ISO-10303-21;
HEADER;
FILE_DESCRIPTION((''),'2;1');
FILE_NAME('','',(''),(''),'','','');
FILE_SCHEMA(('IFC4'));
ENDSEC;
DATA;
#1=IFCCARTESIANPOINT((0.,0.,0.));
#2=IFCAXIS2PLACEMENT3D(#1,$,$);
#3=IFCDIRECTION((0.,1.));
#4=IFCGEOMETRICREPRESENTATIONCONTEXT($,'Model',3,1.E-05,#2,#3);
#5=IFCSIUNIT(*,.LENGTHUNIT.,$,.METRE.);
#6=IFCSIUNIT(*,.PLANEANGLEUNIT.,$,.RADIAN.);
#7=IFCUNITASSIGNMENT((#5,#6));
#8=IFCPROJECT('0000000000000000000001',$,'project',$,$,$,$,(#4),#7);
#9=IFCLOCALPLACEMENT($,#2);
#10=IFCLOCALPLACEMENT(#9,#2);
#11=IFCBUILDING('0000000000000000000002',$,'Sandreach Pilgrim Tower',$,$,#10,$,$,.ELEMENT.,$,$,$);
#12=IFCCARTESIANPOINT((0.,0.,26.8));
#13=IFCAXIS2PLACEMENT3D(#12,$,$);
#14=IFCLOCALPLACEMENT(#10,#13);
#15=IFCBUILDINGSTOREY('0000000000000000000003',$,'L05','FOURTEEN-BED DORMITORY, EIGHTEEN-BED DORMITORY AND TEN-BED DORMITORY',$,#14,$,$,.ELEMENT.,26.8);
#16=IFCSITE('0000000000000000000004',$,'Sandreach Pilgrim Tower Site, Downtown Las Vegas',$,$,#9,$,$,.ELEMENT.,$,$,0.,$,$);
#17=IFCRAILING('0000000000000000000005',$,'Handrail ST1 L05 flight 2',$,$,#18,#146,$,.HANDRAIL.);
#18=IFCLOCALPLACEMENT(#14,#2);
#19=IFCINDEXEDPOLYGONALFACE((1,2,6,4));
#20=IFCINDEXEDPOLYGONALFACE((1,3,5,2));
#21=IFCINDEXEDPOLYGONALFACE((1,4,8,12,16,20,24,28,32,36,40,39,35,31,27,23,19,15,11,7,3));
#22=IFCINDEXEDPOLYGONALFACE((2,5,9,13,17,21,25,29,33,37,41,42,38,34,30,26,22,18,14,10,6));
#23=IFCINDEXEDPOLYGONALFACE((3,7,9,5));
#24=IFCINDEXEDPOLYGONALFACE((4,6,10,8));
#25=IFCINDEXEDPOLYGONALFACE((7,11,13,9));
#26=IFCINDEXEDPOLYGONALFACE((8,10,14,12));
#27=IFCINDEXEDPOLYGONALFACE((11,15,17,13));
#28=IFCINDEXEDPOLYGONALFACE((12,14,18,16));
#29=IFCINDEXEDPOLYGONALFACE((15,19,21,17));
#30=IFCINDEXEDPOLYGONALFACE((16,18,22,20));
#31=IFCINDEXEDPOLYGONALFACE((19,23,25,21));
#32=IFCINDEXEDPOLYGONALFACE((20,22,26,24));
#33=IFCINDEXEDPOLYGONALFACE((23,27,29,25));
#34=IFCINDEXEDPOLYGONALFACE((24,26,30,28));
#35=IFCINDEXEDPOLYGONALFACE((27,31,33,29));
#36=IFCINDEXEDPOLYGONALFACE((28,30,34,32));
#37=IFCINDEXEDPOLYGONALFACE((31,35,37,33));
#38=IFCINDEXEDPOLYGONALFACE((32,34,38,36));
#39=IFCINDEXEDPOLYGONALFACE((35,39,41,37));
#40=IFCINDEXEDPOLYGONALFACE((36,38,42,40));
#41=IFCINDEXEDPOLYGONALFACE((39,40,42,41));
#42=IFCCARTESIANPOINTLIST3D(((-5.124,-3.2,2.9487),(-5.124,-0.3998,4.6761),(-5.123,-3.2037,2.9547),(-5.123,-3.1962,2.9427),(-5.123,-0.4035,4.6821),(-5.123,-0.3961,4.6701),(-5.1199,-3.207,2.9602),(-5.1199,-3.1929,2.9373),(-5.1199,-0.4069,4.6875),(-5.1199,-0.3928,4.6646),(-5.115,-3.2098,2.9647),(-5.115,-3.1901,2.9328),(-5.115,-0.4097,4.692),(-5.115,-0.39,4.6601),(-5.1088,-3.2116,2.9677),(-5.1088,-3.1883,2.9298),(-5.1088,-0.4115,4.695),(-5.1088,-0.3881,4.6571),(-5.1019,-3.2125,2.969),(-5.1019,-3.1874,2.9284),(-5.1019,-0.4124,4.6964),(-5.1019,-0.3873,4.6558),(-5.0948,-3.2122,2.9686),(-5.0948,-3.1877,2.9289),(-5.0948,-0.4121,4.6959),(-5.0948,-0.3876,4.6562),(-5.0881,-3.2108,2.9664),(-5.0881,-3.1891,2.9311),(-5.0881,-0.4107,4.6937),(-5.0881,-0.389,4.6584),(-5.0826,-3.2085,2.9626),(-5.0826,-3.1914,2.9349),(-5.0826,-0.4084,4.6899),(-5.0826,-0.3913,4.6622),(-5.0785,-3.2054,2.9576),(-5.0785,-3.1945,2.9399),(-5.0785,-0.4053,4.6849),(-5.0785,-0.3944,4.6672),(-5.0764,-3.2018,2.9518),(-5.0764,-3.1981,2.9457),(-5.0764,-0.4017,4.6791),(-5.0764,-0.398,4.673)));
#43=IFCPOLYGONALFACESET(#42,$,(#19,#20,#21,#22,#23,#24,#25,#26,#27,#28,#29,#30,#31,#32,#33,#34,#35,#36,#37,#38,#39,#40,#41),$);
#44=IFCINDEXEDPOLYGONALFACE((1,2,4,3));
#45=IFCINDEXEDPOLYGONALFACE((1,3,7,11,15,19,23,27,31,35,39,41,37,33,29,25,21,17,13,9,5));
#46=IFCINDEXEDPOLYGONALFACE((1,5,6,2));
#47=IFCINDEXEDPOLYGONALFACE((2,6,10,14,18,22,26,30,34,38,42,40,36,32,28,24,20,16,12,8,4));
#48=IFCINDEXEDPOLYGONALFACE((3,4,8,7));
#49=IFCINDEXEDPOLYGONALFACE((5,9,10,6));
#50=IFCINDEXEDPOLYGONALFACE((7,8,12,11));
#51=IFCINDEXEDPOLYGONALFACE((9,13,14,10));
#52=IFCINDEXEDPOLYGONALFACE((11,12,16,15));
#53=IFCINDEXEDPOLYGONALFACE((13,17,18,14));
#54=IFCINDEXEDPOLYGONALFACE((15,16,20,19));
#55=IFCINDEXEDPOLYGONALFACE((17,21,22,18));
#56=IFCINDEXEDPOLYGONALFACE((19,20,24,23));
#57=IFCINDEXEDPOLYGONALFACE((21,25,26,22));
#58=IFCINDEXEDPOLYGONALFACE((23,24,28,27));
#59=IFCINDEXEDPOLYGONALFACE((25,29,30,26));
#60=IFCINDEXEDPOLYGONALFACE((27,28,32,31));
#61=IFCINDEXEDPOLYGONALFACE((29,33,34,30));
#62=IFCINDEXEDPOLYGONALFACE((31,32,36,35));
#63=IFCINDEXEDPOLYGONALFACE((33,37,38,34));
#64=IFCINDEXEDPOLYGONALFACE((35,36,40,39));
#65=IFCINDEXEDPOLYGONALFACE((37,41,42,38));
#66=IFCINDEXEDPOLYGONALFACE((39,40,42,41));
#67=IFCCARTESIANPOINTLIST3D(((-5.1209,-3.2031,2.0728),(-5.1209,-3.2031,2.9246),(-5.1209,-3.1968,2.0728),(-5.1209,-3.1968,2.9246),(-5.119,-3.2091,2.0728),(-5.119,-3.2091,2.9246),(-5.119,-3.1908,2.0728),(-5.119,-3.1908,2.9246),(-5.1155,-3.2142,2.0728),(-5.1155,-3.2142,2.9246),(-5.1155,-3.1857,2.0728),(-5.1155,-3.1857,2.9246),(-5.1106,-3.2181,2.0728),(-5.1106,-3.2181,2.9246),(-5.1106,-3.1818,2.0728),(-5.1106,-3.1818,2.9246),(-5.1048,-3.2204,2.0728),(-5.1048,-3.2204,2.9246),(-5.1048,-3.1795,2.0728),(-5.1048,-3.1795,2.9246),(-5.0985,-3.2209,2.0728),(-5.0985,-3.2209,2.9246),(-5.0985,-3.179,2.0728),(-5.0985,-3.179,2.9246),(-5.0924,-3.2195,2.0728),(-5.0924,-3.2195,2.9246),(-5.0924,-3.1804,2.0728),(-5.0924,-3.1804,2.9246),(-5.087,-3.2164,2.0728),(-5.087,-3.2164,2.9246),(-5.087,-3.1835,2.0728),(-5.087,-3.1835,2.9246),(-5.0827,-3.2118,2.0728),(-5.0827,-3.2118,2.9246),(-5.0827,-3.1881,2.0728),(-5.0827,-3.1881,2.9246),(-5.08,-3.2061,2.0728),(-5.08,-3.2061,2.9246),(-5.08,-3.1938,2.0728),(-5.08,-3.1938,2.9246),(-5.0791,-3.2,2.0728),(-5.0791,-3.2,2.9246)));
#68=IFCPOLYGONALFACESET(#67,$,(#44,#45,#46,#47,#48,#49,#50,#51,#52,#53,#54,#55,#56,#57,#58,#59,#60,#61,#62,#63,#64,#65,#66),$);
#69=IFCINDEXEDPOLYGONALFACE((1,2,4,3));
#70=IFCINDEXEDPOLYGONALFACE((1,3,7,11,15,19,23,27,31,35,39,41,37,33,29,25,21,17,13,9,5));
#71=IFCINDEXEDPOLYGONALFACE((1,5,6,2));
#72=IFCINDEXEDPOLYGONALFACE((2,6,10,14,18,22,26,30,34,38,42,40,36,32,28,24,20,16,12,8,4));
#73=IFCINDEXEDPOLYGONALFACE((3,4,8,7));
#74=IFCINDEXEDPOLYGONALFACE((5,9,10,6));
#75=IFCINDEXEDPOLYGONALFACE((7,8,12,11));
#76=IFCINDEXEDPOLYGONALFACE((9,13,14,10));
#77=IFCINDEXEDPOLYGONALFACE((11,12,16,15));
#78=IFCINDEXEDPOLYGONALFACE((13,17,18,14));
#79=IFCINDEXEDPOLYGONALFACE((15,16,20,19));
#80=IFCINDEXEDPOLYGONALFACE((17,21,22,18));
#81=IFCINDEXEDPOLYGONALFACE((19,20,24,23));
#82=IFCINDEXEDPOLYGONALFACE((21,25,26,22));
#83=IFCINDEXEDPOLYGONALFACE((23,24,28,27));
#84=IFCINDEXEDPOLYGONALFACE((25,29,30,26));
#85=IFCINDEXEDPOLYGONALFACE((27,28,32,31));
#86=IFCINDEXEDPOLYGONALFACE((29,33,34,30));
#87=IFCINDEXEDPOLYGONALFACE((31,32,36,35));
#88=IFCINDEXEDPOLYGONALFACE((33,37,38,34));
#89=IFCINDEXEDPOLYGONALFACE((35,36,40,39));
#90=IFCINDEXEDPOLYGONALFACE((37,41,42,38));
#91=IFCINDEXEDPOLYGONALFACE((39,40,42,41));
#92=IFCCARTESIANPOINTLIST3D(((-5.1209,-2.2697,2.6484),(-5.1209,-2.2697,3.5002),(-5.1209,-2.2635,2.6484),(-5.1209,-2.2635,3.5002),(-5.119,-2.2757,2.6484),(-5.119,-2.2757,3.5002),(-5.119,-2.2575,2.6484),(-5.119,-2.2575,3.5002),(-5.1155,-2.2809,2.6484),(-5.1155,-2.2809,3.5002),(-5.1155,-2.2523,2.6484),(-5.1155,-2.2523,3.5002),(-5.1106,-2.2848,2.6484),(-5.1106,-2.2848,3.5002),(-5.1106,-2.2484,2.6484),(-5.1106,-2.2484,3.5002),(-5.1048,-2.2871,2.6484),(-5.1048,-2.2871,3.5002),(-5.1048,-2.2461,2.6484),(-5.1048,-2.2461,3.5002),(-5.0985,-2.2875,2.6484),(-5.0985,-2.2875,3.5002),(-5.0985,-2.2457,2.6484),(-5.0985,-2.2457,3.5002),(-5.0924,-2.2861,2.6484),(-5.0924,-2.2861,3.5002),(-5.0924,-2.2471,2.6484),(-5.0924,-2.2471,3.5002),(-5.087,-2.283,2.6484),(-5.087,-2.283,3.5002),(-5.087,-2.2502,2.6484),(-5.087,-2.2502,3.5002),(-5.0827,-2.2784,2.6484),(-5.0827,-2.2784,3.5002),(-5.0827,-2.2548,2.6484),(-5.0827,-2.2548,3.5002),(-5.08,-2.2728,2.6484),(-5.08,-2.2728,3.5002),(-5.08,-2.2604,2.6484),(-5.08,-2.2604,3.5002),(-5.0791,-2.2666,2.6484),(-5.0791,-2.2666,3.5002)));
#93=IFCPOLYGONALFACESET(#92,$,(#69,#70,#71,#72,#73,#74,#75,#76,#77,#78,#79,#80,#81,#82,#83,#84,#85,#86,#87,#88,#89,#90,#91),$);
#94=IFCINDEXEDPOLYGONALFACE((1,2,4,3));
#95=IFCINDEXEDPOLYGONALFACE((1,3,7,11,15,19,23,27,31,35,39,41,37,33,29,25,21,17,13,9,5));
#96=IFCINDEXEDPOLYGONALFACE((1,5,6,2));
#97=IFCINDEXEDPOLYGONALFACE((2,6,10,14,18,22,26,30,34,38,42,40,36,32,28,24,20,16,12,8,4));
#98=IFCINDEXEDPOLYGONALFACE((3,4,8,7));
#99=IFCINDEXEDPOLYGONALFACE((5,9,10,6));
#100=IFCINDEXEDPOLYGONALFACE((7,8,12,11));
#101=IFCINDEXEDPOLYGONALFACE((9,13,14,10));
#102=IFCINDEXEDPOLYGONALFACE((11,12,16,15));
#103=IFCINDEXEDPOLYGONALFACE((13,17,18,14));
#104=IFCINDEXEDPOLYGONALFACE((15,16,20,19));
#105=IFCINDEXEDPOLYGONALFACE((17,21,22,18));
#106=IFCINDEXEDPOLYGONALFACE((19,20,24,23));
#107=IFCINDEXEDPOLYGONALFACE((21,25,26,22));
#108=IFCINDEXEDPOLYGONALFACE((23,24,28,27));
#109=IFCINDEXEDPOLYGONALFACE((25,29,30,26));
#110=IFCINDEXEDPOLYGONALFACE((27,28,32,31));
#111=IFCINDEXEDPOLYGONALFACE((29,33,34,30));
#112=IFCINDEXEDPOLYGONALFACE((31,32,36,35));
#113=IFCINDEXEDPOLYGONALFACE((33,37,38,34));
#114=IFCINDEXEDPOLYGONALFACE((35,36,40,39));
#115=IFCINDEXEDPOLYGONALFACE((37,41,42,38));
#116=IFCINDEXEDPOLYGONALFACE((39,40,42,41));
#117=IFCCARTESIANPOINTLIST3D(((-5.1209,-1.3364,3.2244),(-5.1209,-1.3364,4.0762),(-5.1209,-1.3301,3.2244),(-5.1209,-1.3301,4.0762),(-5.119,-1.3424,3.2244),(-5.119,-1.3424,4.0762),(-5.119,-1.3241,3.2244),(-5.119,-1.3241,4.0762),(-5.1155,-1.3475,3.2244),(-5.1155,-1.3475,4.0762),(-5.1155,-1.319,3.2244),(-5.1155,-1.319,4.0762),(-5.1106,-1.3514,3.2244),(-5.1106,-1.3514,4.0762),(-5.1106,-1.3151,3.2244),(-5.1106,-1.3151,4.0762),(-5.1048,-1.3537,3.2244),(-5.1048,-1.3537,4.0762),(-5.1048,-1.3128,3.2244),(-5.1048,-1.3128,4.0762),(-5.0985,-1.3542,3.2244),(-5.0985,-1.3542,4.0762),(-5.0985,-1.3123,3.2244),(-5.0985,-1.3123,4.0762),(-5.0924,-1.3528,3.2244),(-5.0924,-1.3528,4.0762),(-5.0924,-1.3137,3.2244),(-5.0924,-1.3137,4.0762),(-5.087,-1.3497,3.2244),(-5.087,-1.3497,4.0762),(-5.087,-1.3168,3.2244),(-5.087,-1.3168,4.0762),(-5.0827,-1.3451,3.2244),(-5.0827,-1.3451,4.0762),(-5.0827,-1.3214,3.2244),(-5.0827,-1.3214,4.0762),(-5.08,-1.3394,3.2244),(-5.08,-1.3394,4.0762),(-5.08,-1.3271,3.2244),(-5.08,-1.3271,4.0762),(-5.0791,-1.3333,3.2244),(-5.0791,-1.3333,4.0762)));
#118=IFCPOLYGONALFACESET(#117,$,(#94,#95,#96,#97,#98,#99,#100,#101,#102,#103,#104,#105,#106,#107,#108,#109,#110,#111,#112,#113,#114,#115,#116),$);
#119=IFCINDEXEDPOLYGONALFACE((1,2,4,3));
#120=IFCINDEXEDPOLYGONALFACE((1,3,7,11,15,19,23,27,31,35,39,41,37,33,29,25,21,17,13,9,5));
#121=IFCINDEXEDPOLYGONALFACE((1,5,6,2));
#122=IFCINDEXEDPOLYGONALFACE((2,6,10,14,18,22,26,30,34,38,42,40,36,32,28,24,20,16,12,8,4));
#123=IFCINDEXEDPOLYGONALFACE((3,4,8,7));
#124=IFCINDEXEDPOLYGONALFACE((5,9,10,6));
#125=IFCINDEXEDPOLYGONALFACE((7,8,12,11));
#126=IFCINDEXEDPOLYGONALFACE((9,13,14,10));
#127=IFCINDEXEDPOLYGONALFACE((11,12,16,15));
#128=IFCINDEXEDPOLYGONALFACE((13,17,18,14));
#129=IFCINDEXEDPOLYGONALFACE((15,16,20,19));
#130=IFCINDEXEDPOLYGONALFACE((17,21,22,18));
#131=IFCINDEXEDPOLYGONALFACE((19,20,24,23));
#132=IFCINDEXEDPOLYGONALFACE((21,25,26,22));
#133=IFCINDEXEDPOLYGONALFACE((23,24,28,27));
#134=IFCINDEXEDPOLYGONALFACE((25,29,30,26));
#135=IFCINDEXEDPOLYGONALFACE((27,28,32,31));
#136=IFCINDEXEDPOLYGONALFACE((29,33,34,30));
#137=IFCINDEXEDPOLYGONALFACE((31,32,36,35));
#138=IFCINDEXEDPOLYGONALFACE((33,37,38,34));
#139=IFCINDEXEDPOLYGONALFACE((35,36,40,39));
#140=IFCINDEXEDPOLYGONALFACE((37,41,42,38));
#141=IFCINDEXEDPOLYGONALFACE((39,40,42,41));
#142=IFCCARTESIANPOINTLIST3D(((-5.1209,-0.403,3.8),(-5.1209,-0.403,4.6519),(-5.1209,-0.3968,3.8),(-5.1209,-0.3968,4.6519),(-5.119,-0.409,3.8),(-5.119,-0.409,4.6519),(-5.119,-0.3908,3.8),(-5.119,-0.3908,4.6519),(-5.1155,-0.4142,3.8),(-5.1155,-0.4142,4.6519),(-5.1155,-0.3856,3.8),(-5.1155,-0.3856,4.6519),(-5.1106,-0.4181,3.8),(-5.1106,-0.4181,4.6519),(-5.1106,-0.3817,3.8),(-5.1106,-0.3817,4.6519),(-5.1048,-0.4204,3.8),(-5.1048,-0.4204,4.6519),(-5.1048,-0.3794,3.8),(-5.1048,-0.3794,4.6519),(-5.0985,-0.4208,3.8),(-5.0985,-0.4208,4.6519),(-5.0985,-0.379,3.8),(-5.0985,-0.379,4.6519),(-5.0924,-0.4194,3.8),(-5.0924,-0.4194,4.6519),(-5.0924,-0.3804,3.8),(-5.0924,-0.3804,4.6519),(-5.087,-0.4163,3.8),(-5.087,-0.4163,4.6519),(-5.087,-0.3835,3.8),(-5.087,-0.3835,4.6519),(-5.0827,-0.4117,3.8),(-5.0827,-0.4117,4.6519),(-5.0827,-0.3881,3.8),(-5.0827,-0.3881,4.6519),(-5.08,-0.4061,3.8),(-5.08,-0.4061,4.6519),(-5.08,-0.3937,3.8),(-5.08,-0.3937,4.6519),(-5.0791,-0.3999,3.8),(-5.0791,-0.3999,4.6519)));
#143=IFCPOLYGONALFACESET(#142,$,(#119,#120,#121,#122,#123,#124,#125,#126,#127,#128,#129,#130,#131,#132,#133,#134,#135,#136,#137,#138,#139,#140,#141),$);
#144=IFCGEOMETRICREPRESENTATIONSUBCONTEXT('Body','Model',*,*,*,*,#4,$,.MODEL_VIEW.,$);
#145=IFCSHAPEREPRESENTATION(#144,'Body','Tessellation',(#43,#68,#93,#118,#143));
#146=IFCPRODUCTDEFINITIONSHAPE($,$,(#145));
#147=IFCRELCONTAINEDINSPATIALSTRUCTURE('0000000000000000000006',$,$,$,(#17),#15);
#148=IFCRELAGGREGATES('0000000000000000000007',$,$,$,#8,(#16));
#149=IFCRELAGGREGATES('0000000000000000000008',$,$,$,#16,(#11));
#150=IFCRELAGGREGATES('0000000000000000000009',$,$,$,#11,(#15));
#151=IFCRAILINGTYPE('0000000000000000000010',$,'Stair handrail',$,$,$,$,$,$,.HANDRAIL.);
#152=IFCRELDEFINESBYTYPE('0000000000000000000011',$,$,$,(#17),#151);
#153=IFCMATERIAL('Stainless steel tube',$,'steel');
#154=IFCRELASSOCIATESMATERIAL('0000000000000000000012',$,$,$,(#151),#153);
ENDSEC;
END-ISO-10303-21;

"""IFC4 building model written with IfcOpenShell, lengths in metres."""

from ifc_helpers import new_model, si_unit, direction, frame, origin, origin_2d, place, context, subcontext, project, spatial, circle, extrude, material, type_object, element, save


model = new_model("IFC4")

# Units and contexts
model_context = context("Model", 3, precision=1e-05, world=origin(), true_north=direction((0.0, 1.0)))
body_context = subcontext(model_context, "Body", "Model", "MODEL_VIEW")
ifc_project = project(units=[si_unit("LENGTHUNIT", "METRE"), si_unit("PLANEANGLEUNIT", "RADIAN")], contexts=[model_context])

# Site, building, storey
site_placement = place(None, origin())
site = spatial("IfcSite", under=ifc_project, at=site_placement, Name="Sandreach Pilgrim Tower Site, Downtown Las Vegas", CompositionType="ELEMENT", RefElevation=0.0)
building_placement = place(site_placement, origin())
building = spatial("IfcBuilding", under=site, at=building_placement, Name="Sandreach Pilgrim Tower", CompositionType="ELEMENT")
storey_placement = place(building_placement, frame((0.0, 0.0, 26.8)))
storey = spatial("IfcBuildingStorey", under=building, at=storey_placement, Name="L05", Description="FOURTEEN-BED DORMITORY, EIGHTEEN-BED DORMITORY AND TEN-BED DORMITORY", CompositionType="ELEMENT", Elevation=26.8)

# Railing
ifc_material_1 = material(Name="Stainless steel tube", Category="steel")
railing_type = type_object("IfcRailingType", Name="Stair handrail", PredefinedType="HANDRAIL", material=ifc_material_1)
for number, where, name in (
    (1, (-5.1001, -3.2, 2.0728), "Handrail ST1 L05 flight 2"),
):
    element("IfcRailing", number, at=place(storey_placement, frame(where)), inside=storey, type_object=railing_type, Name=name, PredefinedType="HANDRAIL", context=body_context, shape_type="SweptSolid", body=[
        extrude(circle(Radius=0.0239, at=origin_2d()), frame((0.0, 0.0, 0.876), z_axis=(0.0, 0.85109, 0.52502), x_axis=(-1.0, 0.0, 0.0)), (0.0, 0.0, 1.0), 3.29),
        extrude(circle(Radius=0.021, at=origin_2d()), origin(), (0.0, 0.0, 1.0), 0.8518),
        extrude(circle(Radius=0.021, at=origin_2d()), frame((0.0, 0.9333, 0.5757)), (0.0, 0.0, 1.0), 0.8518),
        extrude(circle(Radius=0.021, at=origin_2d()), frame((0.0, 1.8667, 1.1516)), (0.0, 0.0, 1.0), 0.8518),
        extrude(circle(Radius=0.021, at=origin_2d()), frame((0.0, 2.8, 1.7273)), (0.0, 0.0, 1.0), 0.8518),
    ])

save(model, "model.ifc")
